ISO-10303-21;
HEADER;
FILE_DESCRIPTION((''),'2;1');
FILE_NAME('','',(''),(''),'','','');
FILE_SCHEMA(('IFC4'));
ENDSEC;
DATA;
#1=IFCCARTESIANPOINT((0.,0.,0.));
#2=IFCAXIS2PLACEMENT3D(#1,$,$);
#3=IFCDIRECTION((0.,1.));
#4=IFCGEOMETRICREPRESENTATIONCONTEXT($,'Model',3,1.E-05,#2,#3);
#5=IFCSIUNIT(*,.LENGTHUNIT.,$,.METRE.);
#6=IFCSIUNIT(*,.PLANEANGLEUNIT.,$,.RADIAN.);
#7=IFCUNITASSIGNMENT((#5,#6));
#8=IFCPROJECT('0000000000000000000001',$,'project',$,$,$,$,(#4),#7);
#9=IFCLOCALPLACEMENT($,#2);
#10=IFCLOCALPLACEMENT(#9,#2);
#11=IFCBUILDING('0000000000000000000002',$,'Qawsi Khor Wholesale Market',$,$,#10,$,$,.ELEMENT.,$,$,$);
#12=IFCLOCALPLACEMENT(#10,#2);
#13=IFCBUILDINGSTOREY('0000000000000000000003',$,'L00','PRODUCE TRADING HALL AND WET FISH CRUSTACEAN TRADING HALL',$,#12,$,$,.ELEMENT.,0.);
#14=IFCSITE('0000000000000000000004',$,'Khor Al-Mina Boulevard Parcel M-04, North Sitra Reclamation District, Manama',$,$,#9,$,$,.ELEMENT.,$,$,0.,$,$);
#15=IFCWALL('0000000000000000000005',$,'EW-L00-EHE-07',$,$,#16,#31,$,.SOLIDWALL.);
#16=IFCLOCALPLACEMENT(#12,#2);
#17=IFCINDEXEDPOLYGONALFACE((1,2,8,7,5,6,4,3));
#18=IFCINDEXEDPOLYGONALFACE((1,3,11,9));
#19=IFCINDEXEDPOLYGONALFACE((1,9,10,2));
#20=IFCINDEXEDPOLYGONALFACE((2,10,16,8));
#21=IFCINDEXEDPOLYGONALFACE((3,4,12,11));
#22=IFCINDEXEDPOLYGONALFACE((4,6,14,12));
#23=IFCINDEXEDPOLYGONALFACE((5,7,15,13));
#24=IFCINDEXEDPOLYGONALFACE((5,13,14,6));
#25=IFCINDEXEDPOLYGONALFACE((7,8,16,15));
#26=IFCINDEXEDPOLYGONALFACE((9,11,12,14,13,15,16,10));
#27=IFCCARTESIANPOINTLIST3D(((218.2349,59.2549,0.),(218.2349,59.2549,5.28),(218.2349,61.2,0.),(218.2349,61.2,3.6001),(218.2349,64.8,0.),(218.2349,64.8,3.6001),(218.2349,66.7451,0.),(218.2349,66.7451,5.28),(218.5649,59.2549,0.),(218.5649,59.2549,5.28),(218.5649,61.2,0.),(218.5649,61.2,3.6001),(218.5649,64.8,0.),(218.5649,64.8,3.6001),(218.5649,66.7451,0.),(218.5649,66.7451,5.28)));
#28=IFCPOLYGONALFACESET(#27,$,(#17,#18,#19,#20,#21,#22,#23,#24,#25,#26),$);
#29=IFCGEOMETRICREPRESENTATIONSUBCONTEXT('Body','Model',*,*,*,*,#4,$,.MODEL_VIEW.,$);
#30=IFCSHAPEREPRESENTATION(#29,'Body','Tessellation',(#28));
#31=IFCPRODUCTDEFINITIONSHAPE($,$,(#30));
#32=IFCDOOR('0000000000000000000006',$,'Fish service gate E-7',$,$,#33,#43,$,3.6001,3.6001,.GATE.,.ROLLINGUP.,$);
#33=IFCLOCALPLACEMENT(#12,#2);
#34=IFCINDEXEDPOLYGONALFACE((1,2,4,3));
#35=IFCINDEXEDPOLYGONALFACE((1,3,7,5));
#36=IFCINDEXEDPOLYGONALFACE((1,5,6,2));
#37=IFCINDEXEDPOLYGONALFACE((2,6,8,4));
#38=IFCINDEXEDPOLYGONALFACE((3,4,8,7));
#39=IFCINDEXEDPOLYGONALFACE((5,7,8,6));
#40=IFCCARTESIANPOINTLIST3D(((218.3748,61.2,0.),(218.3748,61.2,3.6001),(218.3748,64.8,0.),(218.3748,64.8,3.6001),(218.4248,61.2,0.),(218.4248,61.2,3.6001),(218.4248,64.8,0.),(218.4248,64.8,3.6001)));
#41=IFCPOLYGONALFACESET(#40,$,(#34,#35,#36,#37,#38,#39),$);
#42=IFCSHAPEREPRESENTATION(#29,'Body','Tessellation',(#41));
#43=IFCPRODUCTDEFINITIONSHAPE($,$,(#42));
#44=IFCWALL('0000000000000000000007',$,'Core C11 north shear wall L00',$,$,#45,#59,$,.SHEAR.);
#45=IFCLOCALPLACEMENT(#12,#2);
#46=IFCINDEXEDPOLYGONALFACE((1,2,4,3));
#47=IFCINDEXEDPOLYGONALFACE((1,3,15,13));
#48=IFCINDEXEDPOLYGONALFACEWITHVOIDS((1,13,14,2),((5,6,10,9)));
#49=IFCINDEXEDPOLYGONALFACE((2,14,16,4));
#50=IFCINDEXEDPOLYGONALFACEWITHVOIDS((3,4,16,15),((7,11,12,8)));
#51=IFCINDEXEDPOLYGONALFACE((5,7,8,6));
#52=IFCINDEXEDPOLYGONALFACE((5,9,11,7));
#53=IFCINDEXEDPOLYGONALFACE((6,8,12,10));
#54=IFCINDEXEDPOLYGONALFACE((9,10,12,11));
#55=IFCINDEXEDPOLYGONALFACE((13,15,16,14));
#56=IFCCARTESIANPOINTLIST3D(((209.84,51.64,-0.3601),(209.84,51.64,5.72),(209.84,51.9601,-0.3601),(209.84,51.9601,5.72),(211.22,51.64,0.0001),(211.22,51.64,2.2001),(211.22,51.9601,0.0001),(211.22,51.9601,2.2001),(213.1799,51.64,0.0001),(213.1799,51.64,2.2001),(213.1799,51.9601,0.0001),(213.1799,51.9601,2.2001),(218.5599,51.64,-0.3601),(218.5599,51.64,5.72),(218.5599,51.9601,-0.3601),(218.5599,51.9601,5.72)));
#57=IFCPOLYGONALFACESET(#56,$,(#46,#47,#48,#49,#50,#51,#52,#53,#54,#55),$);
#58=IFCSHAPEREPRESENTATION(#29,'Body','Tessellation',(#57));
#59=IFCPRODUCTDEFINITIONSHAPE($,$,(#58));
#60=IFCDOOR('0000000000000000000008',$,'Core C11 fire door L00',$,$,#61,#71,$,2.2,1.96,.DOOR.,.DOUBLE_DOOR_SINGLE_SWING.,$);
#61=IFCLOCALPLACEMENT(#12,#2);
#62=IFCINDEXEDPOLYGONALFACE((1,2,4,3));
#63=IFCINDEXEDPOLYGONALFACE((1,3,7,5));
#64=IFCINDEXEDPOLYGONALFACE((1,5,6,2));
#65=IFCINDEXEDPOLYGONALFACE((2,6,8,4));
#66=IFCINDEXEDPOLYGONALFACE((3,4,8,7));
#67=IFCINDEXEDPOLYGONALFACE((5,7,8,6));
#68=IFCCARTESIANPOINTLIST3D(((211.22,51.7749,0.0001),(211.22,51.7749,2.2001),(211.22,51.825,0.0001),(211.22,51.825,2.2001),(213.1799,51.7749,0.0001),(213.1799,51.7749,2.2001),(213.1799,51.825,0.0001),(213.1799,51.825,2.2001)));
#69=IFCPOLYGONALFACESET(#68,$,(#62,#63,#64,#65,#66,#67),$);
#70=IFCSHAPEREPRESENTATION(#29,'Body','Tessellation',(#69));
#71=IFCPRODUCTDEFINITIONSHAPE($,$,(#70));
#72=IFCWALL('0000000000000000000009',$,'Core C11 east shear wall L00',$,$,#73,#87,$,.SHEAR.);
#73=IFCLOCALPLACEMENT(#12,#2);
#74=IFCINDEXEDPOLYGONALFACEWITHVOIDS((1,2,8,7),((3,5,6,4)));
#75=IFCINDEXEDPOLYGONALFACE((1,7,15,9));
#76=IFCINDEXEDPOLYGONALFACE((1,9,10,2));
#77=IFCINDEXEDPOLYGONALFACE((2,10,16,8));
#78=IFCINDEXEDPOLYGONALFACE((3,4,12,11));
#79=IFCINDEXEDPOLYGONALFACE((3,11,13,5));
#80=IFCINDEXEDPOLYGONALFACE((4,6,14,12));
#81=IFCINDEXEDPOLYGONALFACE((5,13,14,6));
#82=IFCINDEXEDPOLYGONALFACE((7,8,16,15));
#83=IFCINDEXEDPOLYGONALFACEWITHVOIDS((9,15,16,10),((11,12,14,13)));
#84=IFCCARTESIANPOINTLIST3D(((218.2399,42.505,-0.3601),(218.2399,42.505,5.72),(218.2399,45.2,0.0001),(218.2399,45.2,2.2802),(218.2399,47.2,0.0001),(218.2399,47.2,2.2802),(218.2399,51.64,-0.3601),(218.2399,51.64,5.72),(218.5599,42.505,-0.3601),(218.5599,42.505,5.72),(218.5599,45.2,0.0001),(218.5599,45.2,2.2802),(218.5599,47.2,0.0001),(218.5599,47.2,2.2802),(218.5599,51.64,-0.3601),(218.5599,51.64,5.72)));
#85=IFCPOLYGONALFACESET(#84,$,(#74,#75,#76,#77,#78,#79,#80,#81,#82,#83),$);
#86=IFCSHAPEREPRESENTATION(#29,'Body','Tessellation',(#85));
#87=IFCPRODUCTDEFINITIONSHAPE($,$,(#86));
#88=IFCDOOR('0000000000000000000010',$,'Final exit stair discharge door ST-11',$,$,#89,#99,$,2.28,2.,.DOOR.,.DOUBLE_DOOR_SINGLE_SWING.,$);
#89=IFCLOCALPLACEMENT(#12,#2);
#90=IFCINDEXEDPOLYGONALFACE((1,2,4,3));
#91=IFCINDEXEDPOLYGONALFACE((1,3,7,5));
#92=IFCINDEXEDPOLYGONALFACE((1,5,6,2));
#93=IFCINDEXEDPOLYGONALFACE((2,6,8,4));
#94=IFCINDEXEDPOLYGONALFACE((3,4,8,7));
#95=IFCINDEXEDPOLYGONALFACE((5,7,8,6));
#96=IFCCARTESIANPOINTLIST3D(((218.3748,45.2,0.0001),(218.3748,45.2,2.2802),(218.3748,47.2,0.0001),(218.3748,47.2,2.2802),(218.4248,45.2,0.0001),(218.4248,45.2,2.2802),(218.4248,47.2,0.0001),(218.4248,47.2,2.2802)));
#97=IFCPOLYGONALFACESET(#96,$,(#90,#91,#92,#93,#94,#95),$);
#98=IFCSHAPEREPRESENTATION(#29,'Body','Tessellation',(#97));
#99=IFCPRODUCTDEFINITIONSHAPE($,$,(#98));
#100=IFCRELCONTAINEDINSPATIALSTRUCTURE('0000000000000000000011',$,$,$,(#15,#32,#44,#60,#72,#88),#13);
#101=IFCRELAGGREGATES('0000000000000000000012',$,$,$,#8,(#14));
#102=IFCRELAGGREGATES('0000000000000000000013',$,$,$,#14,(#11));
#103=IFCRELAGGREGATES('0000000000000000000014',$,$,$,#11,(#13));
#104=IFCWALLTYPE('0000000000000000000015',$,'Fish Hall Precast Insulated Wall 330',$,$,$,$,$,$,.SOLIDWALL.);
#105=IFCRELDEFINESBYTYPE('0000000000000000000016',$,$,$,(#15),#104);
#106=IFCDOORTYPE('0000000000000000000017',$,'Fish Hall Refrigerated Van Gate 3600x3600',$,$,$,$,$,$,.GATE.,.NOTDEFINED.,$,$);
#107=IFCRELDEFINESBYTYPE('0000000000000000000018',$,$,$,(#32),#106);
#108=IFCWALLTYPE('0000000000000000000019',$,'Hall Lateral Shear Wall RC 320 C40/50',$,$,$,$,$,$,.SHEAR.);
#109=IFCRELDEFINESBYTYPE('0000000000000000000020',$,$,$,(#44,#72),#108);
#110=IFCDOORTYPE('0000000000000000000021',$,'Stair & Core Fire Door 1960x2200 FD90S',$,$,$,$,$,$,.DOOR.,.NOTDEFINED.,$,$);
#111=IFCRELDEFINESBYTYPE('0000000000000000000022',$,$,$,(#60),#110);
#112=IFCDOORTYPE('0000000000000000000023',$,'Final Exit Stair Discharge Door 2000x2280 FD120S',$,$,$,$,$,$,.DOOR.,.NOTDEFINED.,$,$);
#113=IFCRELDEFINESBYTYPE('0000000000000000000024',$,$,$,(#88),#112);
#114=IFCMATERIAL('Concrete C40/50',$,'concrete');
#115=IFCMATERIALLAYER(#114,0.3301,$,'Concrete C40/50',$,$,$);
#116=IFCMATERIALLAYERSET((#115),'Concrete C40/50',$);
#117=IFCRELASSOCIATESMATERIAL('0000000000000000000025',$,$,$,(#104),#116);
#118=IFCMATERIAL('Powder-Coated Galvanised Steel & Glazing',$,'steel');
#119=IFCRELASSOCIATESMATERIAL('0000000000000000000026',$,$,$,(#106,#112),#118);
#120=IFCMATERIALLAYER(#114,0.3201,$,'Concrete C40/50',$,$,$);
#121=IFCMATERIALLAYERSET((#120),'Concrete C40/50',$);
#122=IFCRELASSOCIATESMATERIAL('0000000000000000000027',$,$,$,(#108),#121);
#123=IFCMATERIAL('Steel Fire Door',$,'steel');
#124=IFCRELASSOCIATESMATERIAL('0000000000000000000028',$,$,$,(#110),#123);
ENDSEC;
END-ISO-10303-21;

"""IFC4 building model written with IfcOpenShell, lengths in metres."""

from ifc_helpers import new_model, si_unit, direction, frame, frame_2d, origin, place, context, subcontext, project, spatial, rectangle, extrude, material, layer, layer_set, type_object, element, fill, save


model = new_model("IFC4")

# Units and contexts
model_context = context("Model", 3, precision=1e-05, world=origin(), true_north=direction((0.0, 1.0)))
body_context = subcontext(model_context, "Body", "Model", "MODEL_VIEW")
ifc_project = project(units=[si_unit("LENGTHUNIT", "METRE"), si_unit("PLANEANGLEUNIT", "RADIAN")], contexts=[model_context])

# Site, building, storey
site_placement = place(None, origin())
site = spatial("IfcSite", under=ifc_project, at=site_placement, Name="Khor Al-Mina Boulevard Parcel M-04, North Sitra Reclamation District, Manama", CompositionType="ELEMENT", RefElevation=0.0)
building_placement = place(site_placement, origin())
building = spatial("IfcBuilding", under=site, at=building_placement, Name="Qawsi Khor Wholesale Market", CompositionType="ELEMENT")
storey_placement = place(building_placement, origin())
storey = spatial("IfcBuildingStorey", under=building, at=storey_placement, Name="L00", Description="PRODUCE TRADING HALL AND WET FISH CRUSTACEAN TRADING HALL", CompositionType="ELEMENT", Elevation=0.0)

# Shared definitions
ifc_material_1 = material(Name="Concrete C40/50", Category="concrete")

# Walls, openings, doors
ifc_layer_1 = layer(ifc_material_1, 0.3301, Name="Concrete C40/50")
ifc_layer_set_1 = layer_set([ifc_layer_1], Name="Concrete C40/50")
wall_type_1 = type_object("IfcWallType", Name="Fish Hall Precast Insulated Wall 330", PredefinedType="SOLIDWALL", material=ifc_layer_set_1)
ifc_material_2 = material(Name="Powder-Coated Galvanised Steel & Glazing", Category="steel")
wall_1_placement = place(storey_placement, frame((218.3999, 66.7451, 0.0), z_axis=(0.0, 0.0, 1.0), x_axis=(0.0, -1.0, 0.0)))
wall_1 = element("IfcWall", 1, at=wall_1_placement, inside=storey, type_object=wall_type_1, Name="EW-L00-EHE-07", PredefinedType="SOLIDWALL", context=body_context, shape_type="SweptSolid", body=[
    extrude(rectangle(XDim=7.4902, YDim=0.3301, at=frame_2d((3.7451, 0.0))), origin(), (0.0, 0.0, 1.0), 5.28),
])
opening_1_placement = place(wall_1_placement, frame((1.9451, 0.0, 0.0)))
opening_1 = element("IfcOpeningElement", 2, at=opening_1_placement, cuts=wall_1, PredefinedType="OPENING", context=body_context, shape_type="SweptSolid", body=[
    extrude(rectangle(XDim=3.6001, YDim=3.6001, at=frame_2d((1.8, 1.8))), frame((0.0, 0.175, 0.0), z_axis=(0.0, -1.0, 0.0), x_axis=(1.0, 0.0, 0.0)), (0.0, 0.0, 1.0), 0.3501),
])
door_type_1 = type_object("IfcDoorType", Name="Fish Hall Refrigerated Van Gate 3600x3600", OperationType="NOTDEFINED", PredefinedType="GATE", material=ifc_material_2)
door_1_placement = place(opening_1_placement, origin())
door_1 = element("IfcDoor", 3, at=door_1_placement, inside=storey, type_object=door_type_1, Name="Fish service gate E-7", OperationType="ROLLINGUP", OverallHeight=3.6001, OverallWidth=3.6001, PredefinedType="GATE", context=body_context, shape_type="SweptSolid", body=[
    extrude(rectangle(XDim=3.6001, YDim=3.6001, at=frame_2d((1.8, 1.8))), frame((0.0, 0.0249, 0.0), z_axis=(0.0, -1.0, 0.0), x_axis=(1.0, 0.0, 0.0)), (0.0, 0.0, 1.0), 0.05),
])
fill(opening_1, door_1)
ifc_layer_2 = layer(ifc_material_1, 0.3201, Name="Concrete C40/50")
ifc_layer_set_2 = layer_set([ifc_layer_2], Name="Concrete C40/50")
wall_type_2 = type_object("IfcWallType", Name="Hall Lateral Shear Wall RC 320 C40/50", PredefinedType="SHEAR", material=ifc_layer_set_2)
wall_2_placement = place(storey_placement, frame((209.8401, 51.8, -0.3601), z_axis=(0.0, 0.0, 1.0), x_axis=(1.0, 0.0, 0.0)))
wall_2 = element("IfcWall", 4, at=wall_2_placement, inside=storey, type_object=wall_type_2, Name="Core C11 north shear wall L00", PredefinedType="SHEAR", context=body_context, shape_type="SweptSolid", body=[
    extrude(rectangle(XDim=8.72, YDim=0.3201, at=frame_2d((4.3599, 0.0))), origin(), (0.0, 0.0, 1.0), 6.0801),
])
opening_2_placement = place(wall_2_placement, frame((1.3799, 0.0, 0.3601)))
opening_2 = element("IfcOpeningElement", 5, at=opening_2_placement, cuts=wall_2, PredefinedType="OPENING", context=body_context, shape_type="SweptSolid", body=[
    extrude(rectangle(XDim=1.96, YDim=2.2, at=frame_2d((0.98, 1.1001))), frame((0.0, 0.1699, 0.0), z_axis=(0.0, -1.0, 0.0), x_axis=(1.0, 0.0, 0.0)), (0.0, 0.0, 1.0), 0.3401),
])
ifc_material_3 = material(Name="Steel Fire Door", Category="steel")
door_type_2 = type_object("IfcDoorType", Name="Stair & Core Fire Door 1960x2200 FD90S", OperationType="NOTDEFINED", PredefinedType="DOOR", material=ifc_material_3)
door_2_placement = place(opening_2_placement, origin())
door_2 = element("IfcDoor", 6, at=door_2_placement, inside=storey, type_object=door_type_2, Name="Core C11 fire door L00", OperationType="DOUBLE_DOOR_SINGLE_SWING", OverallHeight=2.2, OverallWidth=1.96, PredefinedType="DOOR", context=body_context, shape_type="SweptSolid", body=[
    extrude(rectangle(XDim=1.96, YDim=2.2, at=frame_2d((0.98, 1.1001))), frame((0.0, 0.0249, 0.0), z_axis=(0.0, -1.0, 0.0), x_axis=(1.0, 0.0, 0.0)), (0.0, 0.0, 1.0), 0.05),
])
fill(opening_2, door_2)
wall_3_placement = place(storey_placement, frame((218.3999, 51.6399, -0.3601), z_axis=(0.0, 0.0, 1.0), x_axis=(0.0, -1.0, 0.0)))
wall_3 = element("IfcWall", 7, at=wall_3_placement, inside=storey, type_object=wall_type_2, Name="Core C11 east shear wall L00", PredefinedType="SHEAR", context=body_context, shape_type="SweptSolid", body=[
    extrude(rectangle(XDim=9.135, YDim=0.3201, at=frame_2d((4.5674, 0.0))), origin(), (0.0, 0.0, 1.0), 6.0801),
])
opening_3_placement = place(wall_3_placement, frame((4.4399, 0.0, 0.3601)))
opening_3 = element("IfcOpeningElement", 8, at=opening_3_placement, cuts=wall_3, PredefinedType="OPENING", context=body_context, shape_type="SweptSolid", body=[
    extrude(rectangle(XDim=2.0, YDim=2.28, at=frame_2d((1.0, 1.1401))), frame((0.0, 0.1699, 0.0), z_axis=(0.0, -1.0, 0.0), x_axis=(1.0, 0.0, 0.0)), (0.0, 0.0, 1.0), 0.3401),
])
door_type_3 = type_object("IfcDoorType", Name="Final Exit Stair Discharge Door 2000x2280 FD120S", OperationType="NOTDEFINED", PredefinedType="DOOR", material=ifc_material_2)
door_3_placement = place(opening_3_placement, origin())
door_3 = element("IfcDoor", 9, at=door_3_placement, inside=storey, type_object=door_type_3, Name="Final exit stair discharge door ST-11", OperationType="DOUBLE_DOOR_SINGLE_SWING", OverallHeight=2.28, OverallWidth=2.0, PredefinedType="DOOR", context=body_context, shape_type="SweptSolid", body=[
    extrude(rectangle(XDim=2.0, YDim=2.28, at=frame_2d((1.0, 1.1401))), frame((0.0, 0.0249, 0.0), z_axis=(0.0, -1.0, 0.0), x_axis=(1.0, 0.0, 0.0)), (0.0, 0.0, 1.0), 0.05),
])
fill(opening_3, door_3)

save(model, "model.ifc")
